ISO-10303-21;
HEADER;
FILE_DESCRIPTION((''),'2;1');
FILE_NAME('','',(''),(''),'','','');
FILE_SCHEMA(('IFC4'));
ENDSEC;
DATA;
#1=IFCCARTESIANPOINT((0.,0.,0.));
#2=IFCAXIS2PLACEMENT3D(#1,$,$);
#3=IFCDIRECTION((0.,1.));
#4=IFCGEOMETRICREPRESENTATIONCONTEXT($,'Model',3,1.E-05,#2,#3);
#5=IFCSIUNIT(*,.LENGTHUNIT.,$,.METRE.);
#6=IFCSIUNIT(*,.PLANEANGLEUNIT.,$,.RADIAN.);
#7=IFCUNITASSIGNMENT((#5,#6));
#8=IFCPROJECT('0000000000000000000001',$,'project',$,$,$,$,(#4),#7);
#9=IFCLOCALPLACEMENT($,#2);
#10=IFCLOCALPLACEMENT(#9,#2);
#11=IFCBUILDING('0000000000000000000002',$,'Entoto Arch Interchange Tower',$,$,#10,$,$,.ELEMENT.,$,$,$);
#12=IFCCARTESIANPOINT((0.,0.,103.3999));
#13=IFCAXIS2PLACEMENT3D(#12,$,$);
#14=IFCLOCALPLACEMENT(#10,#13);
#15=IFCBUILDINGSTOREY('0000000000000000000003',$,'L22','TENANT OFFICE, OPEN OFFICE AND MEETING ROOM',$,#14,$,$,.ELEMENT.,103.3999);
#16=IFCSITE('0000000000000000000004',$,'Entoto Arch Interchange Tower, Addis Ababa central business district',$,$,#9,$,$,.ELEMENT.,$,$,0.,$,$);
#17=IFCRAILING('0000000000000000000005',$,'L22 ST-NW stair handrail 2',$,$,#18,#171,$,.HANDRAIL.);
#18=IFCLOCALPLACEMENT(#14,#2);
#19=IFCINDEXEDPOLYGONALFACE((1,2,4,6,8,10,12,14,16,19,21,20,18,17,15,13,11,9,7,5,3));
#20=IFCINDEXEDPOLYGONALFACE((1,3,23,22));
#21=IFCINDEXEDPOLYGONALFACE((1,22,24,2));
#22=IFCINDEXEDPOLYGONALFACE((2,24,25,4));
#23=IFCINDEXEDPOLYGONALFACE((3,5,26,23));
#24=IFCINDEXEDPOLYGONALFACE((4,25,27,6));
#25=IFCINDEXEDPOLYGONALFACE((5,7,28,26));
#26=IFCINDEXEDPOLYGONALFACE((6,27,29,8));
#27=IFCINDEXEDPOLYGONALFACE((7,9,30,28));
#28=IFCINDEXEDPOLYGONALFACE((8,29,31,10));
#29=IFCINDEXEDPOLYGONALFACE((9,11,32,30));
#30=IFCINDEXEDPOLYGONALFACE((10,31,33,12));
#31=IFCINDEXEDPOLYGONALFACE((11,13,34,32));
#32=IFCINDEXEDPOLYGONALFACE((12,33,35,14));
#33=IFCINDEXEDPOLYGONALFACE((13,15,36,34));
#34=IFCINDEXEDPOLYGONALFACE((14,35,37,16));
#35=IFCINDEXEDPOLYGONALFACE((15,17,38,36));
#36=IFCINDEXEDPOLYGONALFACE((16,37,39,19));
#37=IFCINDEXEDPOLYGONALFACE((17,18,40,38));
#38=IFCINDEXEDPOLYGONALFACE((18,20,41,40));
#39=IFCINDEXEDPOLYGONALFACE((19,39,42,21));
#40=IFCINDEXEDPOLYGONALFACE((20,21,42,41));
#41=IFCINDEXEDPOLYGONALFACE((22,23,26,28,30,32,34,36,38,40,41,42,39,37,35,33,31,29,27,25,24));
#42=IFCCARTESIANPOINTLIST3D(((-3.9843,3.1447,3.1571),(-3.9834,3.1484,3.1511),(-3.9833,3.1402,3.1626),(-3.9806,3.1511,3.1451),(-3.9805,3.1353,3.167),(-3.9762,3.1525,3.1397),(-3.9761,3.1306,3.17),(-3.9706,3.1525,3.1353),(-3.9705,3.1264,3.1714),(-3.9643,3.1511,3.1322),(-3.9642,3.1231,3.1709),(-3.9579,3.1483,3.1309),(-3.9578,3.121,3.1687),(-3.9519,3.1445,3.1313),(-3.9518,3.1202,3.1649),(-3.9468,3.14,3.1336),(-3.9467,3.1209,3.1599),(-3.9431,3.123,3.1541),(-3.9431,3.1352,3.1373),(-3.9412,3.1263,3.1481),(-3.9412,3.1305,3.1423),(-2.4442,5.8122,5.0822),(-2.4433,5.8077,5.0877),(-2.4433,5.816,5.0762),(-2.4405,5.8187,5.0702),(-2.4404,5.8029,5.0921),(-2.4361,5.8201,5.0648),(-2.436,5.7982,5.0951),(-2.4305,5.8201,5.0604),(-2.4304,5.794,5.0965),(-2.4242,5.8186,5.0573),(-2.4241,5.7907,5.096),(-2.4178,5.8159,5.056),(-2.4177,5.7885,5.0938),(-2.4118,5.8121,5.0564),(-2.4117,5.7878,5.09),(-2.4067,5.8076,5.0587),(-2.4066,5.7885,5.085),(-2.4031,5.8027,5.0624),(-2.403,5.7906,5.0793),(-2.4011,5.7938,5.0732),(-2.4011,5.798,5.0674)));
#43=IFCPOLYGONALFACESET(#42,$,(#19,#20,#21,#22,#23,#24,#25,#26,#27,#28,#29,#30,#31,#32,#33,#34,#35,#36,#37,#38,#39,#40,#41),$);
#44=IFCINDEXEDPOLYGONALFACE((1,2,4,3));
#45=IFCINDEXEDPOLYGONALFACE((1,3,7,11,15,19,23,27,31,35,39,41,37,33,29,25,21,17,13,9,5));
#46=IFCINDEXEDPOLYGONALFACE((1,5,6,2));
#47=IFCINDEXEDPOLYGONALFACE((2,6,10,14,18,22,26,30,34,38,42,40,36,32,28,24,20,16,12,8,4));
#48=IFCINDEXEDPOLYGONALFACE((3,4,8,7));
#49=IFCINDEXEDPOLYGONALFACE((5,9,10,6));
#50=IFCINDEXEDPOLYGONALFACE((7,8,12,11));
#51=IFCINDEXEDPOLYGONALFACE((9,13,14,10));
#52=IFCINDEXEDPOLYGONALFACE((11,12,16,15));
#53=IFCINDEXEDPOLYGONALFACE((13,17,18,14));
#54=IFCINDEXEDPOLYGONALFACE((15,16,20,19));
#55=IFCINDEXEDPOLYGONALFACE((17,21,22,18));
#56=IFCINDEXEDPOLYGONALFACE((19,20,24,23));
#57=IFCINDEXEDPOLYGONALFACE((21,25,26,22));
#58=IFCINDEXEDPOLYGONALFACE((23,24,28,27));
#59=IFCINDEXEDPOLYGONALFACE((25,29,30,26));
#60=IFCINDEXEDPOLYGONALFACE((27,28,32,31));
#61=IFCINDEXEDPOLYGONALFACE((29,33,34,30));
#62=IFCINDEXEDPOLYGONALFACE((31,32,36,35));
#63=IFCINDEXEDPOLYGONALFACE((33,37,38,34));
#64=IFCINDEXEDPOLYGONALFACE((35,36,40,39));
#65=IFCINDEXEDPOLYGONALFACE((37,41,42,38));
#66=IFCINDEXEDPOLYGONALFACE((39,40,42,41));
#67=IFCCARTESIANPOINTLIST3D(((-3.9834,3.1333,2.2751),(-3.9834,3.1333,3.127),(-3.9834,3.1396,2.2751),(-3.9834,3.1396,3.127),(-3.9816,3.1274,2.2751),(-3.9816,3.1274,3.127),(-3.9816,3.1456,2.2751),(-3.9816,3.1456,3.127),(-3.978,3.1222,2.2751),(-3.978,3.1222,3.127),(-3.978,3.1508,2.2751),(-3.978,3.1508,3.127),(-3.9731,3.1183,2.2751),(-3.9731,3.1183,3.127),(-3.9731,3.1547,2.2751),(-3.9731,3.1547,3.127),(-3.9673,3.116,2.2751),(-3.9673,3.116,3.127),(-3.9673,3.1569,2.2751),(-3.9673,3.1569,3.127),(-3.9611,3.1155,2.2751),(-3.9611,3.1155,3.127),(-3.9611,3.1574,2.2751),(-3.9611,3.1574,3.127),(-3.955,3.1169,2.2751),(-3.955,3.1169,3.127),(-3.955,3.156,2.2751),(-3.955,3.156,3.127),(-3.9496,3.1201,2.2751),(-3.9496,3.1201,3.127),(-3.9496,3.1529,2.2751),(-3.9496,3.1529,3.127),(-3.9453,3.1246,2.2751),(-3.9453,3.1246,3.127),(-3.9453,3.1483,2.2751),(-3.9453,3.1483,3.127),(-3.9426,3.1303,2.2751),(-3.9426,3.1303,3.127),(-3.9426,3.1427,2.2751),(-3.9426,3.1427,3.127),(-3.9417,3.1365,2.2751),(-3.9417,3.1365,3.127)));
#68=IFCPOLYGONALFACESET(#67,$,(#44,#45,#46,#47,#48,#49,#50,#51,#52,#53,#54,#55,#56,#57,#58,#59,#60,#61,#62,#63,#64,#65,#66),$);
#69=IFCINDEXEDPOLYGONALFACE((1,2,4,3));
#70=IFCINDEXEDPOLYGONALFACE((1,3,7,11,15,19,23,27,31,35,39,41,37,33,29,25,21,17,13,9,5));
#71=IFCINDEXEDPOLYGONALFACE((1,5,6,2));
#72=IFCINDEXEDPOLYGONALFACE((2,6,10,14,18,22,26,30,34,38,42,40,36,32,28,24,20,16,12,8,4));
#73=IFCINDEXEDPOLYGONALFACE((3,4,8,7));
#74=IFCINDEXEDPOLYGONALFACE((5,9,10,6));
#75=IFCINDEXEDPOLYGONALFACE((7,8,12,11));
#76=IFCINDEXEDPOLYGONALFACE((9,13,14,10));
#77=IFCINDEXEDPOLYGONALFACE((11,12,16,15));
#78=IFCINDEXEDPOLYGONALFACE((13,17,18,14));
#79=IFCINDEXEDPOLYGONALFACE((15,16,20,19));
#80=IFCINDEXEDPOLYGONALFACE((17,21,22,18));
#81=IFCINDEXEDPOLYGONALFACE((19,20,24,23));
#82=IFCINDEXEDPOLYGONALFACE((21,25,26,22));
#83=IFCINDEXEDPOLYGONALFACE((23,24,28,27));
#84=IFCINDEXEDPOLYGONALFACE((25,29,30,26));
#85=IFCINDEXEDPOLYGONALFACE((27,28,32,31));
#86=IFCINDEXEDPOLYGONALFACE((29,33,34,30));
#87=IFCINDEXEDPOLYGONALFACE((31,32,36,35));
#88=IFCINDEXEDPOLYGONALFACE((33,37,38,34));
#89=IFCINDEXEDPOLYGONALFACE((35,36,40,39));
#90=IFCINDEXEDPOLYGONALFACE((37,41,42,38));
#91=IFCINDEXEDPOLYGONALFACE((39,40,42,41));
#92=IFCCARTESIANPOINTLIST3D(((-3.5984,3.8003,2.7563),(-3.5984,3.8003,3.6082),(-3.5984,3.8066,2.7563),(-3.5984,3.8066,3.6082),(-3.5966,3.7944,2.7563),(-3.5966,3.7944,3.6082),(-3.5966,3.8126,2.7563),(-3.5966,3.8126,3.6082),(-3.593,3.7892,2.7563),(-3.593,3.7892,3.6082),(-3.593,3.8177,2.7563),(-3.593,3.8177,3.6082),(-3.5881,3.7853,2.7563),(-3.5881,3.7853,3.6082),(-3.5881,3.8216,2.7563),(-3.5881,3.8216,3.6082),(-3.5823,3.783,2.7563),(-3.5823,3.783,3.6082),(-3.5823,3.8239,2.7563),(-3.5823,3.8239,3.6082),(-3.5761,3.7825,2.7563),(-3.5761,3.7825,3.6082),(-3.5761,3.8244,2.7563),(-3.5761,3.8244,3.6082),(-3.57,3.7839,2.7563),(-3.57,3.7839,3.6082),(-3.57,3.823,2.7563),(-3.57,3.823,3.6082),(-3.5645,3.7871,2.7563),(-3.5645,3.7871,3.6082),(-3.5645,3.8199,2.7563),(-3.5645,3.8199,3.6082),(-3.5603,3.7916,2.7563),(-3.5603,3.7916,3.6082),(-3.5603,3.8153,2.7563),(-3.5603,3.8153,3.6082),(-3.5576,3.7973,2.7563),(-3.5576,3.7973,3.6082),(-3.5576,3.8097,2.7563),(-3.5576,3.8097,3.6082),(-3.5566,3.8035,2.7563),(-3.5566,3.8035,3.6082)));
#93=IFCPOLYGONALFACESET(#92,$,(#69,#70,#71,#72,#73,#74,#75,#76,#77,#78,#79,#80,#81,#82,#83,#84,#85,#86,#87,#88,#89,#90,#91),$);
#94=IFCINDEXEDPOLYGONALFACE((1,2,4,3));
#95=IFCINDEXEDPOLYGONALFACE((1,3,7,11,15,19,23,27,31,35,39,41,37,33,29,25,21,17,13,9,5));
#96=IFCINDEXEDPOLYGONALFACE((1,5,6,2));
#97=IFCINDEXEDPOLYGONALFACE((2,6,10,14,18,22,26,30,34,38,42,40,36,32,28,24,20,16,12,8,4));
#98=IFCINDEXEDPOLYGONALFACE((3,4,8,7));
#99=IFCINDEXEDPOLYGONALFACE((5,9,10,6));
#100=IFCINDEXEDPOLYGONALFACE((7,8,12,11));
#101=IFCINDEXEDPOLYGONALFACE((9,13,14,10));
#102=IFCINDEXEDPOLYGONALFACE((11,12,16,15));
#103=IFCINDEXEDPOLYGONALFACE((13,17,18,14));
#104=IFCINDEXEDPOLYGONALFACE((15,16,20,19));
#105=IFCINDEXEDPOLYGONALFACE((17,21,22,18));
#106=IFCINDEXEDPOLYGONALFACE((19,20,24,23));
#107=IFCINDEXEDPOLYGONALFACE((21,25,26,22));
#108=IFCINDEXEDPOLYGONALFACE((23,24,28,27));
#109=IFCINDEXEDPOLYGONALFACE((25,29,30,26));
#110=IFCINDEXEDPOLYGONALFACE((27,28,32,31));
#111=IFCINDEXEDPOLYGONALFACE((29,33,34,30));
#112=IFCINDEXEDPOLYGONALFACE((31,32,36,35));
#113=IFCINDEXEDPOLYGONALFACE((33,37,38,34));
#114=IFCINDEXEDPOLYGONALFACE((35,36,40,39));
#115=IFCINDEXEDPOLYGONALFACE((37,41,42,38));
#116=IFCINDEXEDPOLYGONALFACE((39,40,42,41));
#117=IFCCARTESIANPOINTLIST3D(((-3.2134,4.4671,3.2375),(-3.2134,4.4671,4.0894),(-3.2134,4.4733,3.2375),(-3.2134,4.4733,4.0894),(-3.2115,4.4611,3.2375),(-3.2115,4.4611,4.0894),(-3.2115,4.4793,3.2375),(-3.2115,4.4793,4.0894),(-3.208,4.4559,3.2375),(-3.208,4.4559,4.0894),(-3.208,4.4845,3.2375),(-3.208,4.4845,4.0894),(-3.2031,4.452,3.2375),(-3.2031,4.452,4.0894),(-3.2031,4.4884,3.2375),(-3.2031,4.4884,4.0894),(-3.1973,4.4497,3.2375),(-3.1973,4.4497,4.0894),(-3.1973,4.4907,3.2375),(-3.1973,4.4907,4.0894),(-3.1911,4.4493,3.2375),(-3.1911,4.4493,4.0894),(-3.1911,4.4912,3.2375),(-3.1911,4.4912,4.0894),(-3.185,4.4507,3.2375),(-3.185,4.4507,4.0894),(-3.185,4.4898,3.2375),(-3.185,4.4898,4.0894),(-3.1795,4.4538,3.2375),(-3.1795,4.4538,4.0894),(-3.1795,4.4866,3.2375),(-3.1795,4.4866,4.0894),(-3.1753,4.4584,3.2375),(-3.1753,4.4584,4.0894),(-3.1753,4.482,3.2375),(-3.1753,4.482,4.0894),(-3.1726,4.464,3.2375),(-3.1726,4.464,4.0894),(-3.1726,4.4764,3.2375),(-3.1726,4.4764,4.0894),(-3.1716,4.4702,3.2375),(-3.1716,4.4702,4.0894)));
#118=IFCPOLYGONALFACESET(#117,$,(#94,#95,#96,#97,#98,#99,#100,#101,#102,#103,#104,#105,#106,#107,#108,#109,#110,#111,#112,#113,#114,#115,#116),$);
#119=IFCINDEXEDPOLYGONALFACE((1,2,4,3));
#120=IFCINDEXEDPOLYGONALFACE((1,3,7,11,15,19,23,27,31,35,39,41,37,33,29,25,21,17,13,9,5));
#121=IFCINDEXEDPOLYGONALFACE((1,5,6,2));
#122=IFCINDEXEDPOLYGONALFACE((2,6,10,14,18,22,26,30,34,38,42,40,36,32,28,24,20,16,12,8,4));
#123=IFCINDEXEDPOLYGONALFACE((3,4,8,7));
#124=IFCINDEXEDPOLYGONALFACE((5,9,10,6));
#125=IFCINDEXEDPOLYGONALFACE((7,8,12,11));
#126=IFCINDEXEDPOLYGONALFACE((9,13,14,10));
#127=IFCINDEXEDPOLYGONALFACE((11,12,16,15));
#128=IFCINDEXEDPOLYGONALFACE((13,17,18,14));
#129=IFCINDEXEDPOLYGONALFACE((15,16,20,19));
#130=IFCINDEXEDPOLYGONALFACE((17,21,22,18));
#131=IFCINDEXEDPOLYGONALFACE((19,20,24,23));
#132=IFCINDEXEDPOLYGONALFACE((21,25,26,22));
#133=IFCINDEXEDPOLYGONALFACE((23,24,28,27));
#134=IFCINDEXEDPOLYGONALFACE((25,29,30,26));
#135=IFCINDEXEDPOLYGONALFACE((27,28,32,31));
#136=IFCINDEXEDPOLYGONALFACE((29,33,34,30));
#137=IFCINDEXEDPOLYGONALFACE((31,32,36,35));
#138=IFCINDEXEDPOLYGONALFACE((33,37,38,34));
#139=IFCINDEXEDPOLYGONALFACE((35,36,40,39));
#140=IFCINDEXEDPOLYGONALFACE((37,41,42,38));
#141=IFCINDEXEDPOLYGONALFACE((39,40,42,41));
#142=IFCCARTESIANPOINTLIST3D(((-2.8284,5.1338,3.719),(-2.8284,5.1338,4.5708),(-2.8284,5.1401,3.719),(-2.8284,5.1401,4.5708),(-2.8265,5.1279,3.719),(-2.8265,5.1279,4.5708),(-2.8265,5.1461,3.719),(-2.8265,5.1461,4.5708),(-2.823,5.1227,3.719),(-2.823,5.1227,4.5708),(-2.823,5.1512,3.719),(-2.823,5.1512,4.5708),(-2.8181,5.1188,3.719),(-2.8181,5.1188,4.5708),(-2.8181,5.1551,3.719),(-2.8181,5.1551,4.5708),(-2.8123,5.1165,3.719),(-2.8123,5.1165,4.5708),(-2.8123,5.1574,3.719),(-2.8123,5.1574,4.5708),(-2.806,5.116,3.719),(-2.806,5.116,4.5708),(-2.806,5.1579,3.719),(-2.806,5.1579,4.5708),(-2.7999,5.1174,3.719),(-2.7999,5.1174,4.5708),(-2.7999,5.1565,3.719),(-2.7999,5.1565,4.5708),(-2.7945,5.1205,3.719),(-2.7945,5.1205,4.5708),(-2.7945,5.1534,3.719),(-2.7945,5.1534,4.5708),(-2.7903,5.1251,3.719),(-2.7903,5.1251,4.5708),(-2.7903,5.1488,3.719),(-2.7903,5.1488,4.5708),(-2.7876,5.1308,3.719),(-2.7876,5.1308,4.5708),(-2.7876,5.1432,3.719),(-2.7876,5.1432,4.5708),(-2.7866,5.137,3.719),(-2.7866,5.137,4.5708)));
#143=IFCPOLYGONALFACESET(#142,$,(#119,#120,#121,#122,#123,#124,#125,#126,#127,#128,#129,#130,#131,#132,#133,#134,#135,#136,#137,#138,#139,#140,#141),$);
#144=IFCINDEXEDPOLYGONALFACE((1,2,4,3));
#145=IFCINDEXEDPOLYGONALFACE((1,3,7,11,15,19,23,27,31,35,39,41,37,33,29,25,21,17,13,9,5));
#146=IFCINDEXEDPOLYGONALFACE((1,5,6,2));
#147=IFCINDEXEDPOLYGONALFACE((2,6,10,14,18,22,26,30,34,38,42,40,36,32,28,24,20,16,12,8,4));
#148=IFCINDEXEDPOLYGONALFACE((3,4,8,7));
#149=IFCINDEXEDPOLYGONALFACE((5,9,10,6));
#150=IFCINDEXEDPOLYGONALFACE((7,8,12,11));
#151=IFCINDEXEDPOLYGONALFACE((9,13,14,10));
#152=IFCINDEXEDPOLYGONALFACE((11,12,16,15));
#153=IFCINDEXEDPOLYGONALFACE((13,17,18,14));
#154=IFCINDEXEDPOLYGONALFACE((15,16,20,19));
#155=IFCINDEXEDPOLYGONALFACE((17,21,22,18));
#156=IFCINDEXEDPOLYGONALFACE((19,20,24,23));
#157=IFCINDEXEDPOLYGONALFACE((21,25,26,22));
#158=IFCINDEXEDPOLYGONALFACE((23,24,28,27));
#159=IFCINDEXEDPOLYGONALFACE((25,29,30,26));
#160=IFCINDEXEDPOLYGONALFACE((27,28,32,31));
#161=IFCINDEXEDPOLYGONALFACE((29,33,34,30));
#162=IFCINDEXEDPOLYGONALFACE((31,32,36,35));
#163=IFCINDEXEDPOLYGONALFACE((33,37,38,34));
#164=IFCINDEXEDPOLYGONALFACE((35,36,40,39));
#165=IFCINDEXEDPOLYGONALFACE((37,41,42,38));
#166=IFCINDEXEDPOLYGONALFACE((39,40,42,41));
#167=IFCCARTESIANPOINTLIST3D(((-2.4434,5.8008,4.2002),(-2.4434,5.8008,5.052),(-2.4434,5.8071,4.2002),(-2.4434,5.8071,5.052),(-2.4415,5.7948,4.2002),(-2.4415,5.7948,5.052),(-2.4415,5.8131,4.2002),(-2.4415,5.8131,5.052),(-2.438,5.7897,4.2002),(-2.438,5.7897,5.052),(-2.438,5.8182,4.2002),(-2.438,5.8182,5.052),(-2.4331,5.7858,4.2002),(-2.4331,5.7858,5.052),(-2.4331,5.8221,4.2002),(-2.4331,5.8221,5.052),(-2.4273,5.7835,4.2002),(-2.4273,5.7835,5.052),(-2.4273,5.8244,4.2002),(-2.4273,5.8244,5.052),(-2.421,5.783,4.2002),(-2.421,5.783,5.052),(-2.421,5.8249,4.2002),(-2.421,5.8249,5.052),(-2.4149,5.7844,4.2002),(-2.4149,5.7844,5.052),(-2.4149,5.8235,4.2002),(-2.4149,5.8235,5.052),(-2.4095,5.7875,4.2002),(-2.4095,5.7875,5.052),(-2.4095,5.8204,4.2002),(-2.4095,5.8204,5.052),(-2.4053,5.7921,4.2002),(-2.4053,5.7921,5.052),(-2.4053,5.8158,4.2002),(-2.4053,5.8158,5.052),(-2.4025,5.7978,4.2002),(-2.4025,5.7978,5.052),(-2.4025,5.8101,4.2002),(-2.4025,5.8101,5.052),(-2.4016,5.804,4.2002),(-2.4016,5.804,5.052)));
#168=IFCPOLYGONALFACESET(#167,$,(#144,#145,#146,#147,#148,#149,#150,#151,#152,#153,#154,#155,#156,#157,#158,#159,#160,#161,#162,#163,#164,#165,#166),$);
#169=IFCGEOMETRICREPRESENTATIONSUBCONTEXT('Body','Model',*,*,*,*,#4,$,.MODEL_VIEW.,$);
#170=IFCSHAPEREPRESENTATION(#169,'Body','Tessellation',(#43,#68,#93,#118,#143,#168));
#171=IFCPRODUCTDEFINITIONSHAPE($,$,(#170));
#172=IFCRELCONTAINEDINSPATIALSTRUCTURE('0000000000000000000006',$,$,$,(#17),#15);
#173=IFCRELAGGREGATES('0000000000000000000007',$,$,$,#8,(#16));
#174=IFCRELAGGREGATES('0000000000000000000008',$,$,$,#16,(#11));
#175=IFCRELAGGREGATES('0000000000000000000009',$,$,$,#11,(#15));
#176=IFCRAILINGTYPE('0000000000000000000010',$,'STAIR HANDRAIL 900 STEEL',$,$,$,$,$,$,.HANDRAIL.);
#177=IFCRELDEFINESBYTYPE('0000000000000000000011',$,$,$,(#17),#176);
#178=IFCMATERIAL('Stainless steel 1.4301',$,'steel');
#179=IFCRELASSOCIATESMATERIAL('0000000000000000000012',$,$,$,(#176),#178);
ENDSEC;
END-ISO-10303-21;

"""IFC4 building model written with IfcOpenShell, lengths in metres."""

from ifc_helpers import new_model, si_unit, direction, frame, origin, origin_2d, place, context, subcontext, project, spatial, circle, extrude, material, type_object, element, save


model = new_model("IFC4")

# Units and contexts
model_context = context("Model", 3, precision=1e-05, world=origin(), true_north=direction((0.0, 1.0)))
body_context = subcontext(model_context, "Body", "Model", "MODEL_VIEW")
ifc_project = project(units=[si_unit("LENGTHUNIT", "METRE"), si_unit("PLANEANGLEUNIT", "RADIAN")], contexts=[model_context])

# Site, building, storey
site_placement = place(None, origin())
site = spatial("IfcSite", under=ifc_project, at=site_placement, Name="Entoto Arch Interchange Tower, Addis Ababa central business district", CompositionType="ELEMENT", RefElevation=0.0)
building_placement = place(site_placement, origin())
building = spatial("IfcBuilding", under=site, at=building_placement, Name="Entoto Arch Interchange Tower", CompositionType="ELEMENT")
storey_placement = place(building_placement, frame((0.0, 0.0, 103.3999)))
storey = spatial("IfcBuildingStorey", under=building, at=storey_placement, Name="L22", Description="TENANT OFFICE, OPEN OFFICE AND MEETING ROOM", CompositionType="ELEMENT", Elevation=103.3999)

# Railing
ifc_material_1 = material(Name="Stainless steel 1.4301", Category="steel")
railing_type_1 = type_object("IfcRailingType", Name="STAIR HANDRAIL 900 STEEL", PredefinedType="HANDRAIL", material=ifc_material_1)
railing_1_placement = place(storey_placement, frame((-3.9626, 3.1365, 2.2751)))
element("IfcRailing", 1, at=railing_1_placement, inside=storey, type_object=railing_type_1, Name="L22 ST-NW stair handrail 2", PredefinedType="HANDRAIL", context=body_context, shape_type="SweptSolid", body=[
    extrude(circle(Radius=0.0239, at=origin_2d()), frame((0.0, 0.0, 0.876), z_axis=(0.423994, 0.734395, 0.529993), x_axis=(-0.86603, 0.499992, 0.0)), (0.0, 0.0, 1.0), 3.6323),
    extrude(circle(Radius=0.021, at=origin_2d()), origin(), (0.0, 0.0, 1.0), 0.8518),
    extrude(circle(Radius=0.021, at=origin_2d()), frame((0.385, 0.667, 0.4812)), (0.0, 0.0, 1.0), 0.8518),
    extrude(circle(Radius=0.021, at=origin_2d()), frame((0.77, 1.3337, 0.9624)), (0.0, 0.0, 1.0), 0.8518),
    extrude(circle(Radius=0.021, at=origin_2d()), frame((1.155, 2.0005, 1.4438)), (0.0, 0.0, 1.0), 0.8518),
    extrude(circle(Radius=0.021, at=origin_2d()), frame((1.54, 2.6675, 1.925)), (0.0, 0.0, 1.0), 0.8518),
])

save(model, "model.ifc")
